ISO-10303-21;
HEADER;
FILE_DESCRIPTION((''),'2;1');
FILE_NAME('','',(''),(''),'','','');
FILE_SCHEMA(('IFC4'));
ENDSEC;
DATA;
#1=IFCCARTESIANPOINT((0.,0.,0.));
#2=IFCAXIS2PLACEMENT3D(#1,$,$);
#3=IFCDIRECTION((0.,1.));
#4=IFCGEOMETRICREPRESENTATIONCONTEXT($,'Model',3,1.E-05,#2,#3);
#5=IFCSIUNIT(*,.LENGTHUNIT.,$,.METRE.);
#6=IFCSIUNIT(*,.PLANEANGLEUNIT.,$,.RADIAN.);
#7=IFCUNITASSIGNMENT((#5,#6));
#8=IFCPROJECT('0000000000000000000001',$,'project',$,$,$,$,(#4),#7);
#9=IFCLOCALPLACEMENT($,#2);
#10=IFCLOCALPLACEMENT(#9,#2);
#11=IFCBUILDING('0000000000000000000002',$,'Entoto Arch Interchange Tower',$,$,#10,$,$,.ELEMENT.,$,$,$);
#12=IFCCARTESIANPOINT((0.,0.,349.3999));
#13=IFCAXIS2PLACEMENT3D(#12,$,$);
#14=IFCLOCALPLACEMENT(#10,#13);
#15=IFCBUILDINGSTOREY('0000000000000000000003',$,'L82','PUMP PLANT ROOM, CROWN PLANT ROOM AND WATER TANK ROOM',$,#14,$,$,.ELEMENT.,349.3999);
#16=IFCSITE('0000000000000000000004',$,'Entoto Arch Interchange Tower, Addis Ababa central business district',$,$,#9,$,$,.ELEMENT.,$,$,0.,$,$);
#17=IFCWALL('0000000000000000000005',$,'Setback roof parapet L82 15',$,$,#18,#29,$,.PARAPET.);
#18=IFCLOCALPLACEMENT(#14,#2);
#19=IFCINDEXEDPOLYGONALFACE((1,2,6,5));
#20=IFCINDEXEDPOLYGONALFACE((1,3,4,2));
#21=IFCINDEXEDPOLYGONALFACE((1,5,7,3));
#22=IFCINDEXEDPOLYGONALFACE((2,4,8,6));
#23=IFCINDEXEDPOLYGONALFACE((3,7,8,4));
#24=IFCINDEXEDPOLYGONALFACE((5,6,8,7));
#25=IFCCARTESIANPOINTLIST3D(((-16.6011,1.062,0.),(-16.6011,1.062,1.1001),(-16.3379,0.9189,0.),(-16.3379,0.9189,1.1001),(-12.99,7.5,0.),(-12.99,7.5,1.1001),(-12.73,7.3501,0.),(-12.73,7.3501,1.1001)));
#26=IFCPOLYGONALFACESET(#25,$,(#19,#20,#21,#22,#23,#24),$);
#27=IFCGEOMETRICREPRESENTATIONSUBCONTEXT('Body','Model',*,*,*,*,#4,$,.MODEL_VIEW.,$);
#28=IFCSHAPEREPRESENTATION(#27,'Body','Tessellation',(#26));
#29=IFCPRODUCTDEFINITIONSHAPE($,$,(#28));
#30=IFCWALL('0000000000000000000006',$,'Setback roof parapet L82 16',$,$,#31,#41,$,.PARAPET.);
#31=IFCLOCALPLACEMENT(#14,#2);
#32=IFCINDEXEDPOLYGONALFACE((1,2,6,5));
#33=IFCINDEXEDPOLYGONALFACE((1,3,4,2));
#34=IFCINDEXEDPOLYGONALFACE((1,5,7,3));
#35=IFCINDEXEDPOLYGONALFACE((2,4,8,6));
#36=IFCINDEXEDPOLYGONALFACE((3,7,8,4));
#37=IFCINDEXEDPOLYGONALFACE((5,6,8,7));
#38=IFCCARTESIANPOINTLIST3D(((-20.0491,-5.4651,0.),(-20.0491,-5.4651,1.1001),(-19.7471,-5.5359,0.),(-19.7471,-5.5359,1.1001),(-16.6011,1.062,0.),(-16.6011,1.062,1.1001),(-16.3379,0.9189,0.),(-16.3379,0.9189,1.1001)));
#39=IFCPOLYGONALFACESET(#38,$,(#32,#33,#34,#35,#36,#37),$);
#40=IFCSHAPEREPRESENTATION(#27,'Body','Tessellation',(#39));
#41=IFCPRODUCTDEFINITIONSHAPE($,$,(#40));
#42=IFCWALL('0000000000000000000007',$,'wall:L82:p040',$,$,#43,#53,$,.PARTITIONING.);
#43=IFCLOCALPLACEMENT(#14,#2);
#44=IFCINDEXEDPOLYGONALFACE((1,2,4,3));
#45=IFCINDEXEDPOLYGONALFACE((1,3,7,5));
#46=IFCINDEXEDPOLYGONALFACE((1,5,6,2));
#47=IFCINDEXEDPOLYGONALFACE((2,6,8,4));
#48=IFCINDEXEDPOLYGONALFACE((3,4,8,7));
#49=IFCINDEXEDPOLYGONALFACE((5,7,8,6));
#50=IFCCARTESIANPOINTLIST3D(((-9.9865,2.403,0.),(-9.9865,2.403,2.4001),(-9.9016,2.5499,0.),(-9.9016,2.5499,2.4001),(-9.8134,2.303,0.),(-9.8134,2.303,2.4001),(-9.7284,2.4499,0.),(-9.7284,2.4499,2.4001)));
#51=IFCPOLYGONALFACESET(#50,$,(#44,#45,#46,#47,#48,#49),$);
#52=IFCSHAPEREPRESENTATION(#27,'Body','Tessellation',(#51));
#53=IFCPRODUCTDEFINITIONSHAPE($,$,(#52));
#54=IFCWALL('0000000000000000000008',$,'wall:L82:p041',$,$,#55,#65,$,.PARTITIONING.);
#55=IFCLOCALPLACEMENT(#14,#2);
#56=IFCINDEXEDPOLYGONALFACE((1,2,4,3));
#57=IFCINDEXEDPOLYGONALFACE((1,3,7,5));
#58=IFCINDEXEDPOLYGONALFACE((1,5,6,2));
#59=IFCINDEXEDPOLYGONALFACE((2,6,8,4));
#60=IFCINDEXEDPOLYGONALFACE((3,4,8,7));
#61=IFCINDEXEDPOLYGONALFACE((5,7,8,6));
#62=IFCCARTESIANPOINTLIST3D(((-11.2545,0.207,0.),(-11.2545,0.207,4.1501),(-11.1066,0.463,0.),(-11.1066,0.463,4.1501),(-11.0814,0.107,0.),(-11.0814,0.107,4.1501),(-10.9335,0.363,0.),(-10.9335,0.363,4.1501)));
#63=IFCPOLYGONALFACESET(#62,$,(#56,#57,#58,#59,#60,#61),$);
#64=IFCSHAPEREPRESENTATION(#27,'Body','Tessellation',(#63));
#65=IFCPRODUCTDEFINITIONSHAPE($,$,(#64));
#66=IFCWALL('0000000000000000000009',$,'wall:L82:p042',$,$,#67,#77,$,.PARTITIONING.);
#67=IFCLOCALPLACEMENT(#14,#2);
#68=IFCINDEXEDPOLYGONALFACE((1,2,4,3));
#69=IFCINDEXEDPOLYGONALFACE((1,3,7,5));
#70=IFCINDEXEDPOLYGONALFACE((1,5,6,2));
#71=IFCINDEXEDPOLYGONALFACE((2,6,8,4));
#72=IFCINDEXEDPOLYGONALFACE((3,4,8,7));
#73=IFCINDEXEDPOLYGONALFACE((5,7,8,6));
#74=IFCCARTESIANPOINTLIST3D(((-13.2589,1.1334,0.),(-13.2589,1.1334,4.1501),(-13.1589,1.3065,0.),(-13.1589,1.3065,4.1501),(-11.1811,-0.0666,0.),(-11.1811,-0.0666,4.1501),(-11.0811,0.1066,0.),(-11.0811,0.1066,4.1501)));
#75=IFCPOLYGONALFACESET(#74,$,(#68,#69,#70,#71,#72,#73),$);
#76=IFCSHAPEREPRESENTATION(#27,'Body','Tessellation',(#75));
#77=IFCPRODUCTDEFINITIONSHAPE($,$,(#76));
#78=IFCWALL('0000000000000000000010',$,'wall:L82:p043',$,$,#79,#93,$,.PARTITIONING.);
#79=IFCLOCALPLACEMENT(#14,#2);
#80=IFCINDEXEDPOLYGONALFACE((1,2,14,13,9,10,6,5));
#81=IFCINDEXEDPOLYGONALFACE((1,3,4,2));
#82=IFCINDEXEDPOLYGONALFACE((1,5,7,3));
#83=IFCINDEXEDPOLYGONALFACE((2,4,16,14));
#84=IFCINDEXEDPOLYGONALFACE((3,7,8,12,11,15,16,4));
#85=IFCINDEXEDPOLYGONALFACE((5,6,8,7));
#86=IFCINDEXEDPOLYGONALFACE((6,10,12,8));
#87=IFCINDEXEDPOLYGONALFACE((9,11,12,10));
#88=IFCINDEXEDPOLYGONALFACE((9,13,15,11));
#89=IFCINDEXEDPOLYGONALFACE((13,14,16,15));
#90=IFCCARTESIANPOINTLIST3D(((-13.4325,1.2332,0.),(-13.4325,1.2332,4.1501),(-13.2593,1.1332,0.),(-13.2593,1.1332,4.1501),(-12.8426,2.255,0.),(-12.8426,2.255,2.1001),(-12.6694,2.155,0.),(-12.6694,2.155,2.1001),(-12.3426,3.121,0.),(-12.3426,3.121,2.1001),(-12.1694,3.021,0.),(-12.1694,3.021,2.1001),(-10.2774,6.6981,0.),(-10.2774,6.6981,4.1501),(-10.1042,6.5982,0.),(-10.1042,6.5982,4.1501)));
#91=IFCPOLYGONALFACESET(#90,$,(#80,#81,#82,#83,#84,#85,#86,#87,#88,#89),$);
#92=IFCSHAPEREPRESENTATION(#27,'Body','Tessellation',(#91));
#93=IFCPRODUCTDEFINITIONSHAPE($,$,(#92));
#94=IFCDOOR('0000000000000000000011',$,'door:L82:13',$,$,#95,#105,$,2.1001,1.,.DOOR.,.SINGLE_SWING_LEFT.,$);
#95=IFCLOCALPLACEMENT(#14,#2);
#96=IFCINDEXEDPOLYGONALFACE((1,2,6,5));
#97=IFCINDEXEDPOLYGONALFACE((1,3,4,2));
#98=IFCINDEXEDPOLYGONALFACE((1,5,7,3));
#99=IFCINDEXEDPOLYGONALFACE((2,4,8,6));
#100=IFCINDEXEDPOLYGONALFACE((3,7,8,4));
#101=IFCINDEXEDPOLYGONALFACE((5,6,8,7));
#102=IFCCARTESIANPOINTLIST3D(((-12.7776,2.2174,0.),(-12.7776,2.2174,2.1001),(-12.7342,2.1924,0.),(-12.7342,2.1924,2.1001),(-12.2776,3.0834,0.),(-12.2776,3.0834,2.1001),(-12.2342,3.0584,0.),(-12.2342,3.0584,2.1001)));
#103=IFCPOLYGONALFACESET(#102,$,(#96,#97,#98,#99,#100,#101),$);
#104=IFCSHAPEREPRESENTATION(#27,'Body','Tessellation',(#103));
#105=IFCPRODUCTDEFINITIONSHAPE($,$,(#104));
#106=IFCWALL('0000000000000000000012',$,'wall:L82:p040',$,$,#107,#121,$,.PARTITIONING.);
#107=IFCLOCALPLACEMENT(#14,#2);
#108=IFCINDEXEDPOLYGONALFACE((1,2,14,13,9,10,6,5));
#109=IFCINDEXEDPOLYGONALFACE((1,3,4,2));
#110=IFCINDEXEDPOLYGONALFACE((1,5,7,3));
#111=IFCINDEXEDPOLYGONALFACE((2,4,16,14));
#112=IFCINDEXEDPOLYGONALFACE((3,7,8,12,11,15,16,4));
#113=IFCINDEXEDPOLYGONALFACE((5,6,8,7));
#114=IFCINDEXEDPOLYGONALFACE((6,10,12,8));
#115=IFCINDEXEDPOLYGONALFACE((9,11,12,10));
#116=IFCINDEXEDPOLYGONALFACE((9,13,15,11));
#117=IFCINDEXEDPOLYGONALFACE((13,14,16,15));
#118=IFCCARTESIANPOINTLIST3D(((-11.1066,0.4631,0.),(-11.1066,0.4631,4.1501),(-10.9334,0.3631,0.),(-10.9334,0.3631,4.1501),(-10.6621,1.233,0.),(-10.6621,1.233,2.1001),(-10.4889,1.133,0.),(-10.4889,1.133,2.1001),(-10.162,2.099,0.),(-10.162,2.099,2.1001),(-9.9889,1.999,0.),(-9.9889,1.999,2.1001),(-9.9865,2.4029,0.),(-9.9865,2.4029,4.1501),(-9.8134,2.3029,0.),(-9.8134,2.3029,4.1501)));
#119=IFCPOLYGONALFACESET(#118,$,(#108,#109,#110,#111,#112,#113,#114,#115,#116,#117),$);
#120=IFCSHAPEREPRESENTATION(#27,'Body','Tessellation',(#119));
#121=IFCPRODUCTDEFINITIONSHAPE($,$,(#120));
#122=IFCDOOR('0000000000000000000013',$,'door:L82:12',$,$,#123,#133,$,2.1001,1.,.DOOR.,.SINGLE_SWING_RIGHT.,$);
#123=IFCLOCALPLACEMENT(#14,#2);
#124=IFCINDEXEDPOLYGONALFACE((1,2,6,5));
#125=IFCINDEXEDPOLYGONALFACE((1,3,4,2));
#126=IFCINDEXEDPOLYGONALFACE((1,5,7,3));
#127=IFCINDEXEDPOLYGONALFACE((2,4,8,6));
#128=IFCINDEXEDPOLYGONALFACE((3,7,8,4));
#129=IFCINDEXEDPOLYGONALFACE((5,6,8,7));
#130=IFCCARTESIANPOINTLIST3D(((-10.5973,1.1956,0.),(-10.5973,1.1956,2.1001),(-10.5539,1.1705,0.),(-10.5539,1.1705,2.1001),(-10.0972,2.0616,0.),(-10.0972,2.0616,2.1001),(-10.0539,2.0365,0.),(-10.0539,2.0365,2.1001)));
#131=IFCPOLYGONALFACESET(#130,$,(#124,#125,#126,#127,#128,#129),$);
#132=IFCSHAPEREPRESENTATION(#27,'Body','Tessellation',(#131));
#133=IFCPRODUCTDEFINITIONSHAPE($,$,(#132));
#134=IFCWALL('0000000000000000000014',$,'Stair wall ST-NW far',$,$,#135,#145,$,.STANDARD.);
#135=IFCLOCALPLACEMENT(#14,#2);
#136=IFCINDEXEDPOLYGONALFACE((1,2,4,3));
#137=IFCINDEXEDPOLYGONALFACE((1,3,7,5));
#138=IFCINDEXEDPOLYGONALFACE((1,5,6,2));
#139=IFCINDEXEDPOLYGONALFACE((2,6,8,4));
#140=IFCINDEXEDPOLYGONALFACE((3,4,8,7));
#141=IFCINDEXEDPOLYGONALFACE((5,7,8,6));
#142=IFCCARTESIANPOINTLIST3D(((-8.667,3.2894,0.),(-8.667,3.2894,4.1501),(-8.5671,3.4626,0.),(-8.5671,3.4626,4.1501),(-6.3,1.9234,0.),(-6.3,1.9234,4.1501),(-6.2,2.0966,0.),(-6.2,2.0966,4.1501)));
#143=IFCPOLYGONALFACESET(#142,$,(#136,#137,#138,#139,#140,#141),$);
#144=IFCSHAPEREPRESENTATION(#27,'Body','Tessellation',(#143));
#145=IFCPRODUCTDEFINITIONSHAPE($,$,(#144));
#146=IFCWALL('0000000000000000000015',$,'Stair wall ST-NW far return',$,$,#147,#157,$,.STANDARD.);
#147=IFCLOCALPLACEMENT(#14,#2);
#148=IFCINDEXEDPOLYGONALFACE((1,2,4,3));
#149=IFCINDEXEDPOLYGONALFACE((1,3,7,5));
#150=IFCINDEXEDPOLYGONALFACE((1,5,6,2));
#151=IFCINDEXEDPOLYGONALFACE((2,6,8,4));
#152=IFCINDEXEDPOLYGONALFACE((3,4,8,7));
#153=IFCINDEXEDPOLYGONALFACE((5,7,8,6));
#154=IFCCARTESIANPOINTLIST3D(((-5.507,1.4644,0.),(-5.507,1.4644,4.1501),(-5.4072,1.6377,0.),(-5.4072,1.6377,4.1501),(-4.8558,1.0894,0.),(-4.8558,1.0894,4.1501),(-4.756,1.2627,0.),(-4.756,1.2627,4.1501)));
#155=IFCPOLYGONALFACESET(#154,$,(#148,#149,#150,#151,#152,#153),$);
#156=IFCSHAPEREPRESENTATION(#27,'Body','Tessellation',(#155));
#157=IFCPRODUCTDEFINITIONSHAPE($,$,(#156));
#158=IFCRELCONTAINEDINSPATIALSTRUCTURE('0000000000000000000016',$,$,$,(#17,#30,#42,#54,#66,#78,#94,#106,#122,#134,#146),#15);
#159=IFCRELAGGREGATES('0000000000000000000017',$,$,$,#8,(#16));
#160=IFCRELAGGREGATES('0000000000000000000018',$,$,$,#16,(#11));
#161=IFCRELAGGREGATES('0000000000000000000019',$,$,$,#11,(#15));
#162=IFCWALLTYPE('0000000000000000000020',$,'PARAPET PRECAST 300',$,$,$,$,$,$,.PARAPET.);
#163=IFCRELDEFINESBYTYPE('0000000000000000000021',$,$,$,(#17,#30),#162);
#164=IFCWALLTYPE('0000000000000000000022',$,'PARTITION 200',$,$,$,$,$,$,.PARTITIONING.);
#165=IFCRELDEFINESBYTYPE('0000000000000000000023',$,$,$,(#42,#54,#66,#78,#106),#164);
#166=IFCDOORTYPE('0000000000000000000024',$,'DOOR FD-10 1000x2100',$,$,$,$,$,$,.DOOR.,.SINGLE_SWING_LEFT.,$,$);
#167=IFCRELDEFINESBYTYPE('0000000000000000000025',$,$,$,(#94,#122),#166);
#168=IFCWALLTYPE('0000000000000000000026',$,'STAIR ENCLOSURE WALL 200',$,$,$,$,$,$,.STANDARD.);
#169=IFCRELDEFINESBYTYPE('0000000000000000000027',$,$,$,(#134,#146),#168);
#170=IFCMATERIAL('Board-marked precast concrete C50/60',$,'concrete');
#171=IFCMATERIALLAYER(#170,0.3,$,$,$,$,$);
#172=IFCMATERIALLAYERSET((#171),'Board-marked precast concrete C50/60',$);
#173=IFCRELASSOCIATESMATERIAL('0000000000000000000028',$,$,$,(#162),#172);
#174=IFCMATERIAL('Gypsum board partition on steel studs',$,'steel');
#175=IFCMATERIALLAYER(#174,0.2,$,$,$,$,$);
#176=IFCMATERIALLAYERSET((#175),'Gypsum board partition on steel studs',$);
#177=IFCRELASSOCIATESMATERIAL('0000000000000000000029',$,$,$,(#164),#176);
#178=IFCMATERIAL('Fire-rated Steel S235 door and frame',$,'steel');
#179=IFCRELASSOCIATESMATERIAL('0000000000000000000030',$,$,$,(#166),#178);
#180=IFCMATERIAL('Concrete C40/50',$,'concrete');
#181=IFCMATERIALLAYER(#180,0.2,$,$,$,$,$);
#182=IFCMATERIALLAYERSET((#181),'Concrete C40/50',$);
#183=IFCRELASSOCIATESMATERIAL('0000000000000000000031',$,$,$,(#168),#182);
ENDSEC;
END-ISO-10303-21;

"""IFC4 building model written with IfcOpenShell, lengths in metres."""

from ifc_helpers import new_model, si_unit, direction, frame, frame_2d, origin, place, context, subcontext, project, spatial, polyline, rectangle, outline, extrude, material, layer, layer_set, type_object, element, fill, save


model = new_model("IFC4")

# Units and contexts
model_context = context("Model", 3, precision=1e-05, world=origin(), true_north=direction((0.0, 1.0)))
body_context = subcontext(model_context, "Body", "Model", "MODEL_VIEW")
ifc_project = project(units=[si_unit("LENGTHUNIT", "METRE"), si_unit("PLANEANGLEUNIT", "RADIAN")], contexts=[model_context])

# Site, building, storey
site_placement = place(None, origin())
site = spatial("IfcSite", under=ifc_project, at=site_placement, Name="Entoto Arch Interchange Tower, Addis Ababa central business district", CompositionType="ELEMENT", RefElevation=0.0)
building_placement = place(site_placement, origin())
building = spatial("IfcBuilding", under=site, at=building_placement, Name="Entoto Arch Interchange Tower", CompositionType="ELEMENT")
storey_placement = place(building_placement, frame((0.0, 0.0, 349.3999)))
storey = spatial("IfcBuildingStorey", under=building, at=storey_placement, Name="L82", Description="PUMP PLANT ROOM, CROWN PLANT ROOM AND WATER TANK ROOM", CompositionType="ELEMENT", Elevation=349.3999)

# Shared definitions
ifc_material_1 = material(Name="Concrete C40/50", Category="concrete")

# Shared definitions
ifc_material_2 = material(Name="Fire-rated Steel S235 door and frame", Category="steel")

# Walls
ifc_material_3 = material(Name="Board-marked precast concrete C50/60", Category="concrete")
ifc_layer_1 = layer(ifc_material_3, 0.3)
ifc_layer_set_1 = layer_set([ifc_layer_1], Name="Board-marked precast concrete C50/60")
wall_type_1 = type_object("IfcWallType", Name="PARAPET PRECAST 300", PredefinedType="PARAPET", material=ifc_layer_set_1)
wall_1_placement = place(storey_placement, origin())
element("IfcWall", 1, at=wall_1_placement, inside=storey, type_object=wall_type_1, Name="Setback roof parapet L82 15", PredefinedType="PARAPET", context=body_context, shape_type="SweptSolid", body=[
    extrude(outline(polyline([(-12.99, 7.5), (-16.6011, 1.062), (-16.3379, 0.9189), (-12.73, 7.3501), (-12.99, 7.5)])), origin(), (0.0, 0.0, 1.0), 1.1001),
])
wall_2_placement = place(storey_placement, origin())
element("IfcWall", 2, at=wall_2_placement, inside=storey, type_object=wall_type_1, Name="Setback roof parapet L82 16", PredefinedType="PARAPET", context=body_context, shape_type="SweptSolid", body=[
    extrude(outline(polyline([(-16.6011, 1.062), (-20.0491, -5.4651), (-19.7471, -5.5359), (-16.3379, 0.9189), (-16.6011, 1.062)])), origin(), (0.0, 0.0, 1.0), 1.1001),
])
ifc_material_4 = material(Name="Gypsum board partition on steel studs", Category="steel")
ifc_layer_2 = layer(ifc_material_4, 0.2)
ifc_layer_set_2 = layer_set([ifc_layer_2], Name="Gypsum board partition on steel studs")
wall_type_2 = type_object("IfcWallType", Name="PARTITION 200", PredefinedType="PARTITIONING", material=ifc_layer_set_2)
wall_3_placement = place(storey_placement, frame((-9.8149, 2.5, 0.0), z_axis=(0.0, 0.0, 1.0), x_axis=(-0.500469, -0.865754, 0.0)))
element("IfcWall", 3, at=wall_3_placement, inside=storey, type_object=wall_type_2, Name="wall:L82:p040", PredefinedType="PARTITIONING", context=body_context, shape_type="SweptSolid", body=[
    extrude(rectangle(XDim=0.1697, YDim=0.2, at=frame_2d((0.085, 0.0))), origin(), (0.0, 0.0, 1.0), 2.4001),
])
wall_4_placement = place(storey_placement, frame((-11.02, 0.4131, 0.0), z_axis=(0.0, 0.0, 1.0), x_axis=(-0.500223, -0.865897, 0.0)))
element("IfcWall", 4, at=wall_4_placement, inside=storey, type_object=wall_type_2, Name="wall:L82:p041", PredefinedType="PARTITIONING", context=body_context, shape_type="SweptSolid", body=[
    extrude(rectangle(XDim=0.2957, YDim=0.2, at=frame_2d((0.1479, 0.0))), origin(), (0.0, 0.0, 1.0), 4.1501),
])
wall_5_placement = place(storey_placement, frame((-11.1311, 0.02, 0.0), z_axis=(0.0, 0.0, 1.0), x_axis=(-0.865974, 0.500089, 0.0)))
element("IfcWall", 5, at=wall_5_placement, inside=storey, type_object=wall_type_2, Name="wall:L82:p042", PredefinedType="PARTITIONING", context=body_context, shape_type="SweptSolid", body=[
    extrude(rectangle(XDim=2.3994, YDim=0.2, at=frame_2d((1.1997, 0.0))), origin(), (0.0, 0.0, 1.0), 4.1501),
])

# Walls, openings, doors
wall_6_placement = place(storey_placement, frame((-13.3459, 1.1831, 0.0), z_axis=(0.0, 0.0, 1.0), x_axis=(0.499988, 0.866032, 0.0)))
wall_6 = element("IfcWall", 6, at=wall_6_placement, inside=storey, type_object=wall_type_2, Name="wall:L82:p043", PredefinedType="PARTITIONING", context=body_context, shape_type="SweptSolid", body=[
    extrude(rectangle(XDim=6.3103, YDim=0.2, at=frame_2d((3.1553, 0.0))), origin(), (0.0, 0.0, 1.0), 4.1501),
])
opening_1_placement = place(wall_6_placement, frame((1.1799, 0.0, 0.0)))
opening_1 = element("IfcOpeningElement", 7, at=opening_1_placement, cuts=wall_6, PredefinedType="OPENING", context=body_context, shape_type="SweptSolid", body=[
    extrude(rectangle(XDim=1.0, YDim=2.1001, at=frame_2d((0.5, 1.05))), frame((0.0, 0.1099, 0.0), z_axis=(0.0, -1.0, 0.0), x_axis=(1.0, 0.0, 0.0)), (0.0, 0.0, 1.0), 0.22),
])
door_type_1 = type_object("IfcDoorType", Name="DOOR FD-10 1000x2100", OperationType="SINGLE_SWING_LEFT", PredefinedType="DOOR", material=ifc_material_2)
door_1_placement = place(opening_1_placement, origin())
door_1 = element("IfcDoor", 8, at=door_1_placement, inside=storey, type_object=door_type_1, Name="door:L82:13", OperationType="SINGLE_SWING_LEFT", OverallHeight=2.1001, OverallWidth=1.0, PredefinedType="DOOR", context=body_context, shape_type="SweptSolid", body=[
    extrude(rectangle(XDim=1.0, YDim=2.1001, at=frame_2d((0.5, 1.05))), frame((0.0, 0.0249, 0.0), z_axis=(0.0, -1.0, 0.0), x_axis=(1.0, 0.0, 0.0)), (0.0, 0.0, 1.0), 0.05),
])
fill(opening_1, door_1)
wall_7_placement = place(storey_placement, frame((-9.8999, 2.353, 0.0), z_axis=(0.0, 0.0, 1.0), x_axis=(-0.500031, -0.866008, 0.0)))
wall_7 = element("IfcWall", 9, at=wall_7_placement, inside=storey, type_object=wall_type_2, Name="wall:L82:p040", PredefinedType="PARTITIONING", context=body_context, shape_type="SweptSolid", body=[
    extrude(rectangle(XDim=2.24, YDim=0.2, at=frame_2d((1.1201, 0.0))), origin(), (0.0, 0.0, 1.0), 4.1501),
])
opening_2_placement = place(wall_7_placement, frame((0.3511, 0.0, 0.0)))
opening_2 = element("IfcOpeningElement", 10, at=opening_2_placement, cuts=wall_7, PredefinedType="OPENING", context=body_context, shape_type="SweptSolid", body=[
    extrude(rectangle(XDim=1.0, YDim=2.1001, at=frame_2d((0.5, 1.05))), frame((0.0, 0.1099, 0.0), z_axis=(0.0, -1.0, 0.0), x_axis=(1.0, 0.0, 0.0)), (0.0, 0.0, 1.0), 0.22),
])
door_2_placement = place(opening_2_placement, origin())
door_2 = element("IfcDoor", 11, at=door_2_placement, inside=storey, type_object=door_type_1, Name="door:L82:12", OperationType="SINGLE_SWING_RIGHT", OverallHeight=2.1001, OverallWidth=1.0, PredefinedType="DOOR", context=body_context, shape_type="SweptSolid", body=[
    extrude(rectangle(XDim=1.0, YDim=2.1001, at=frame_2d((0.5, 1.05))), frame((0.0, 0.0249, 0.0), z_axis=(0.0, -1.0, 0.0), x_axis=(1.0, 0.0, 0.0)), (0.0, 0.0, 1.0), 0.05),
])
fill(opening_2, door_2)

# Walls
ifc_layer_3 = layer(ifc_material_1, 0.2)
ifc_layer_set_3 = layer_set([ifc_layer_3], Name="Concrete C40/50")
wall_type_3 = type_object("IfcWallType", Name="STAIR ENCLOSURE WALL 200", PredefinedType="STANDARD", material=ifc_layer_set_3)
wall_8_placement = place(storey_placement, frame((-6.25, 2.01, 0.0), z_axis=(0.0, 0.0, 1.0), x_axis=(-0.866119, 0.499838, 0.0)))
element("IfcWall", 12, at=wall_8_placement, inside=storey, type_object=wall_type_3, Name="Stair wall ST-NW far", PredefinedType="STANDARD", context=body_context, shape_type="SweptSolid", body=[
    extrude(rectangle(XDim=2.7329, YDim=0.2, at=frame_2d((1.3665, 0.0))), origin(), (0.0, 0.0, 1.0), 4.1501),
])
wall_9_placement = place(storey_placement, frame((-4.8059, 1.176, 0.0), z_axis=(0.0, 0.0, 1.0), x_axis=(-0.866559, 0.499075, 0.0)))
element("IfcWall", 13, at=wall_9_placement, inside=storey, type_object=wall_type_3, Name="Stair wall ST-NW far return", PredefinedType="STANDARD", context=body_context, shape_type="SweptSolid", body=[
    extrude(rectangle(XDim=0.7515, YDim=0.2, at=frame_2d((0.3757, 0.0))), origin(), (0.0, 0.0, 1.0), 4.1501),
])

save(model, "model.ifc")
